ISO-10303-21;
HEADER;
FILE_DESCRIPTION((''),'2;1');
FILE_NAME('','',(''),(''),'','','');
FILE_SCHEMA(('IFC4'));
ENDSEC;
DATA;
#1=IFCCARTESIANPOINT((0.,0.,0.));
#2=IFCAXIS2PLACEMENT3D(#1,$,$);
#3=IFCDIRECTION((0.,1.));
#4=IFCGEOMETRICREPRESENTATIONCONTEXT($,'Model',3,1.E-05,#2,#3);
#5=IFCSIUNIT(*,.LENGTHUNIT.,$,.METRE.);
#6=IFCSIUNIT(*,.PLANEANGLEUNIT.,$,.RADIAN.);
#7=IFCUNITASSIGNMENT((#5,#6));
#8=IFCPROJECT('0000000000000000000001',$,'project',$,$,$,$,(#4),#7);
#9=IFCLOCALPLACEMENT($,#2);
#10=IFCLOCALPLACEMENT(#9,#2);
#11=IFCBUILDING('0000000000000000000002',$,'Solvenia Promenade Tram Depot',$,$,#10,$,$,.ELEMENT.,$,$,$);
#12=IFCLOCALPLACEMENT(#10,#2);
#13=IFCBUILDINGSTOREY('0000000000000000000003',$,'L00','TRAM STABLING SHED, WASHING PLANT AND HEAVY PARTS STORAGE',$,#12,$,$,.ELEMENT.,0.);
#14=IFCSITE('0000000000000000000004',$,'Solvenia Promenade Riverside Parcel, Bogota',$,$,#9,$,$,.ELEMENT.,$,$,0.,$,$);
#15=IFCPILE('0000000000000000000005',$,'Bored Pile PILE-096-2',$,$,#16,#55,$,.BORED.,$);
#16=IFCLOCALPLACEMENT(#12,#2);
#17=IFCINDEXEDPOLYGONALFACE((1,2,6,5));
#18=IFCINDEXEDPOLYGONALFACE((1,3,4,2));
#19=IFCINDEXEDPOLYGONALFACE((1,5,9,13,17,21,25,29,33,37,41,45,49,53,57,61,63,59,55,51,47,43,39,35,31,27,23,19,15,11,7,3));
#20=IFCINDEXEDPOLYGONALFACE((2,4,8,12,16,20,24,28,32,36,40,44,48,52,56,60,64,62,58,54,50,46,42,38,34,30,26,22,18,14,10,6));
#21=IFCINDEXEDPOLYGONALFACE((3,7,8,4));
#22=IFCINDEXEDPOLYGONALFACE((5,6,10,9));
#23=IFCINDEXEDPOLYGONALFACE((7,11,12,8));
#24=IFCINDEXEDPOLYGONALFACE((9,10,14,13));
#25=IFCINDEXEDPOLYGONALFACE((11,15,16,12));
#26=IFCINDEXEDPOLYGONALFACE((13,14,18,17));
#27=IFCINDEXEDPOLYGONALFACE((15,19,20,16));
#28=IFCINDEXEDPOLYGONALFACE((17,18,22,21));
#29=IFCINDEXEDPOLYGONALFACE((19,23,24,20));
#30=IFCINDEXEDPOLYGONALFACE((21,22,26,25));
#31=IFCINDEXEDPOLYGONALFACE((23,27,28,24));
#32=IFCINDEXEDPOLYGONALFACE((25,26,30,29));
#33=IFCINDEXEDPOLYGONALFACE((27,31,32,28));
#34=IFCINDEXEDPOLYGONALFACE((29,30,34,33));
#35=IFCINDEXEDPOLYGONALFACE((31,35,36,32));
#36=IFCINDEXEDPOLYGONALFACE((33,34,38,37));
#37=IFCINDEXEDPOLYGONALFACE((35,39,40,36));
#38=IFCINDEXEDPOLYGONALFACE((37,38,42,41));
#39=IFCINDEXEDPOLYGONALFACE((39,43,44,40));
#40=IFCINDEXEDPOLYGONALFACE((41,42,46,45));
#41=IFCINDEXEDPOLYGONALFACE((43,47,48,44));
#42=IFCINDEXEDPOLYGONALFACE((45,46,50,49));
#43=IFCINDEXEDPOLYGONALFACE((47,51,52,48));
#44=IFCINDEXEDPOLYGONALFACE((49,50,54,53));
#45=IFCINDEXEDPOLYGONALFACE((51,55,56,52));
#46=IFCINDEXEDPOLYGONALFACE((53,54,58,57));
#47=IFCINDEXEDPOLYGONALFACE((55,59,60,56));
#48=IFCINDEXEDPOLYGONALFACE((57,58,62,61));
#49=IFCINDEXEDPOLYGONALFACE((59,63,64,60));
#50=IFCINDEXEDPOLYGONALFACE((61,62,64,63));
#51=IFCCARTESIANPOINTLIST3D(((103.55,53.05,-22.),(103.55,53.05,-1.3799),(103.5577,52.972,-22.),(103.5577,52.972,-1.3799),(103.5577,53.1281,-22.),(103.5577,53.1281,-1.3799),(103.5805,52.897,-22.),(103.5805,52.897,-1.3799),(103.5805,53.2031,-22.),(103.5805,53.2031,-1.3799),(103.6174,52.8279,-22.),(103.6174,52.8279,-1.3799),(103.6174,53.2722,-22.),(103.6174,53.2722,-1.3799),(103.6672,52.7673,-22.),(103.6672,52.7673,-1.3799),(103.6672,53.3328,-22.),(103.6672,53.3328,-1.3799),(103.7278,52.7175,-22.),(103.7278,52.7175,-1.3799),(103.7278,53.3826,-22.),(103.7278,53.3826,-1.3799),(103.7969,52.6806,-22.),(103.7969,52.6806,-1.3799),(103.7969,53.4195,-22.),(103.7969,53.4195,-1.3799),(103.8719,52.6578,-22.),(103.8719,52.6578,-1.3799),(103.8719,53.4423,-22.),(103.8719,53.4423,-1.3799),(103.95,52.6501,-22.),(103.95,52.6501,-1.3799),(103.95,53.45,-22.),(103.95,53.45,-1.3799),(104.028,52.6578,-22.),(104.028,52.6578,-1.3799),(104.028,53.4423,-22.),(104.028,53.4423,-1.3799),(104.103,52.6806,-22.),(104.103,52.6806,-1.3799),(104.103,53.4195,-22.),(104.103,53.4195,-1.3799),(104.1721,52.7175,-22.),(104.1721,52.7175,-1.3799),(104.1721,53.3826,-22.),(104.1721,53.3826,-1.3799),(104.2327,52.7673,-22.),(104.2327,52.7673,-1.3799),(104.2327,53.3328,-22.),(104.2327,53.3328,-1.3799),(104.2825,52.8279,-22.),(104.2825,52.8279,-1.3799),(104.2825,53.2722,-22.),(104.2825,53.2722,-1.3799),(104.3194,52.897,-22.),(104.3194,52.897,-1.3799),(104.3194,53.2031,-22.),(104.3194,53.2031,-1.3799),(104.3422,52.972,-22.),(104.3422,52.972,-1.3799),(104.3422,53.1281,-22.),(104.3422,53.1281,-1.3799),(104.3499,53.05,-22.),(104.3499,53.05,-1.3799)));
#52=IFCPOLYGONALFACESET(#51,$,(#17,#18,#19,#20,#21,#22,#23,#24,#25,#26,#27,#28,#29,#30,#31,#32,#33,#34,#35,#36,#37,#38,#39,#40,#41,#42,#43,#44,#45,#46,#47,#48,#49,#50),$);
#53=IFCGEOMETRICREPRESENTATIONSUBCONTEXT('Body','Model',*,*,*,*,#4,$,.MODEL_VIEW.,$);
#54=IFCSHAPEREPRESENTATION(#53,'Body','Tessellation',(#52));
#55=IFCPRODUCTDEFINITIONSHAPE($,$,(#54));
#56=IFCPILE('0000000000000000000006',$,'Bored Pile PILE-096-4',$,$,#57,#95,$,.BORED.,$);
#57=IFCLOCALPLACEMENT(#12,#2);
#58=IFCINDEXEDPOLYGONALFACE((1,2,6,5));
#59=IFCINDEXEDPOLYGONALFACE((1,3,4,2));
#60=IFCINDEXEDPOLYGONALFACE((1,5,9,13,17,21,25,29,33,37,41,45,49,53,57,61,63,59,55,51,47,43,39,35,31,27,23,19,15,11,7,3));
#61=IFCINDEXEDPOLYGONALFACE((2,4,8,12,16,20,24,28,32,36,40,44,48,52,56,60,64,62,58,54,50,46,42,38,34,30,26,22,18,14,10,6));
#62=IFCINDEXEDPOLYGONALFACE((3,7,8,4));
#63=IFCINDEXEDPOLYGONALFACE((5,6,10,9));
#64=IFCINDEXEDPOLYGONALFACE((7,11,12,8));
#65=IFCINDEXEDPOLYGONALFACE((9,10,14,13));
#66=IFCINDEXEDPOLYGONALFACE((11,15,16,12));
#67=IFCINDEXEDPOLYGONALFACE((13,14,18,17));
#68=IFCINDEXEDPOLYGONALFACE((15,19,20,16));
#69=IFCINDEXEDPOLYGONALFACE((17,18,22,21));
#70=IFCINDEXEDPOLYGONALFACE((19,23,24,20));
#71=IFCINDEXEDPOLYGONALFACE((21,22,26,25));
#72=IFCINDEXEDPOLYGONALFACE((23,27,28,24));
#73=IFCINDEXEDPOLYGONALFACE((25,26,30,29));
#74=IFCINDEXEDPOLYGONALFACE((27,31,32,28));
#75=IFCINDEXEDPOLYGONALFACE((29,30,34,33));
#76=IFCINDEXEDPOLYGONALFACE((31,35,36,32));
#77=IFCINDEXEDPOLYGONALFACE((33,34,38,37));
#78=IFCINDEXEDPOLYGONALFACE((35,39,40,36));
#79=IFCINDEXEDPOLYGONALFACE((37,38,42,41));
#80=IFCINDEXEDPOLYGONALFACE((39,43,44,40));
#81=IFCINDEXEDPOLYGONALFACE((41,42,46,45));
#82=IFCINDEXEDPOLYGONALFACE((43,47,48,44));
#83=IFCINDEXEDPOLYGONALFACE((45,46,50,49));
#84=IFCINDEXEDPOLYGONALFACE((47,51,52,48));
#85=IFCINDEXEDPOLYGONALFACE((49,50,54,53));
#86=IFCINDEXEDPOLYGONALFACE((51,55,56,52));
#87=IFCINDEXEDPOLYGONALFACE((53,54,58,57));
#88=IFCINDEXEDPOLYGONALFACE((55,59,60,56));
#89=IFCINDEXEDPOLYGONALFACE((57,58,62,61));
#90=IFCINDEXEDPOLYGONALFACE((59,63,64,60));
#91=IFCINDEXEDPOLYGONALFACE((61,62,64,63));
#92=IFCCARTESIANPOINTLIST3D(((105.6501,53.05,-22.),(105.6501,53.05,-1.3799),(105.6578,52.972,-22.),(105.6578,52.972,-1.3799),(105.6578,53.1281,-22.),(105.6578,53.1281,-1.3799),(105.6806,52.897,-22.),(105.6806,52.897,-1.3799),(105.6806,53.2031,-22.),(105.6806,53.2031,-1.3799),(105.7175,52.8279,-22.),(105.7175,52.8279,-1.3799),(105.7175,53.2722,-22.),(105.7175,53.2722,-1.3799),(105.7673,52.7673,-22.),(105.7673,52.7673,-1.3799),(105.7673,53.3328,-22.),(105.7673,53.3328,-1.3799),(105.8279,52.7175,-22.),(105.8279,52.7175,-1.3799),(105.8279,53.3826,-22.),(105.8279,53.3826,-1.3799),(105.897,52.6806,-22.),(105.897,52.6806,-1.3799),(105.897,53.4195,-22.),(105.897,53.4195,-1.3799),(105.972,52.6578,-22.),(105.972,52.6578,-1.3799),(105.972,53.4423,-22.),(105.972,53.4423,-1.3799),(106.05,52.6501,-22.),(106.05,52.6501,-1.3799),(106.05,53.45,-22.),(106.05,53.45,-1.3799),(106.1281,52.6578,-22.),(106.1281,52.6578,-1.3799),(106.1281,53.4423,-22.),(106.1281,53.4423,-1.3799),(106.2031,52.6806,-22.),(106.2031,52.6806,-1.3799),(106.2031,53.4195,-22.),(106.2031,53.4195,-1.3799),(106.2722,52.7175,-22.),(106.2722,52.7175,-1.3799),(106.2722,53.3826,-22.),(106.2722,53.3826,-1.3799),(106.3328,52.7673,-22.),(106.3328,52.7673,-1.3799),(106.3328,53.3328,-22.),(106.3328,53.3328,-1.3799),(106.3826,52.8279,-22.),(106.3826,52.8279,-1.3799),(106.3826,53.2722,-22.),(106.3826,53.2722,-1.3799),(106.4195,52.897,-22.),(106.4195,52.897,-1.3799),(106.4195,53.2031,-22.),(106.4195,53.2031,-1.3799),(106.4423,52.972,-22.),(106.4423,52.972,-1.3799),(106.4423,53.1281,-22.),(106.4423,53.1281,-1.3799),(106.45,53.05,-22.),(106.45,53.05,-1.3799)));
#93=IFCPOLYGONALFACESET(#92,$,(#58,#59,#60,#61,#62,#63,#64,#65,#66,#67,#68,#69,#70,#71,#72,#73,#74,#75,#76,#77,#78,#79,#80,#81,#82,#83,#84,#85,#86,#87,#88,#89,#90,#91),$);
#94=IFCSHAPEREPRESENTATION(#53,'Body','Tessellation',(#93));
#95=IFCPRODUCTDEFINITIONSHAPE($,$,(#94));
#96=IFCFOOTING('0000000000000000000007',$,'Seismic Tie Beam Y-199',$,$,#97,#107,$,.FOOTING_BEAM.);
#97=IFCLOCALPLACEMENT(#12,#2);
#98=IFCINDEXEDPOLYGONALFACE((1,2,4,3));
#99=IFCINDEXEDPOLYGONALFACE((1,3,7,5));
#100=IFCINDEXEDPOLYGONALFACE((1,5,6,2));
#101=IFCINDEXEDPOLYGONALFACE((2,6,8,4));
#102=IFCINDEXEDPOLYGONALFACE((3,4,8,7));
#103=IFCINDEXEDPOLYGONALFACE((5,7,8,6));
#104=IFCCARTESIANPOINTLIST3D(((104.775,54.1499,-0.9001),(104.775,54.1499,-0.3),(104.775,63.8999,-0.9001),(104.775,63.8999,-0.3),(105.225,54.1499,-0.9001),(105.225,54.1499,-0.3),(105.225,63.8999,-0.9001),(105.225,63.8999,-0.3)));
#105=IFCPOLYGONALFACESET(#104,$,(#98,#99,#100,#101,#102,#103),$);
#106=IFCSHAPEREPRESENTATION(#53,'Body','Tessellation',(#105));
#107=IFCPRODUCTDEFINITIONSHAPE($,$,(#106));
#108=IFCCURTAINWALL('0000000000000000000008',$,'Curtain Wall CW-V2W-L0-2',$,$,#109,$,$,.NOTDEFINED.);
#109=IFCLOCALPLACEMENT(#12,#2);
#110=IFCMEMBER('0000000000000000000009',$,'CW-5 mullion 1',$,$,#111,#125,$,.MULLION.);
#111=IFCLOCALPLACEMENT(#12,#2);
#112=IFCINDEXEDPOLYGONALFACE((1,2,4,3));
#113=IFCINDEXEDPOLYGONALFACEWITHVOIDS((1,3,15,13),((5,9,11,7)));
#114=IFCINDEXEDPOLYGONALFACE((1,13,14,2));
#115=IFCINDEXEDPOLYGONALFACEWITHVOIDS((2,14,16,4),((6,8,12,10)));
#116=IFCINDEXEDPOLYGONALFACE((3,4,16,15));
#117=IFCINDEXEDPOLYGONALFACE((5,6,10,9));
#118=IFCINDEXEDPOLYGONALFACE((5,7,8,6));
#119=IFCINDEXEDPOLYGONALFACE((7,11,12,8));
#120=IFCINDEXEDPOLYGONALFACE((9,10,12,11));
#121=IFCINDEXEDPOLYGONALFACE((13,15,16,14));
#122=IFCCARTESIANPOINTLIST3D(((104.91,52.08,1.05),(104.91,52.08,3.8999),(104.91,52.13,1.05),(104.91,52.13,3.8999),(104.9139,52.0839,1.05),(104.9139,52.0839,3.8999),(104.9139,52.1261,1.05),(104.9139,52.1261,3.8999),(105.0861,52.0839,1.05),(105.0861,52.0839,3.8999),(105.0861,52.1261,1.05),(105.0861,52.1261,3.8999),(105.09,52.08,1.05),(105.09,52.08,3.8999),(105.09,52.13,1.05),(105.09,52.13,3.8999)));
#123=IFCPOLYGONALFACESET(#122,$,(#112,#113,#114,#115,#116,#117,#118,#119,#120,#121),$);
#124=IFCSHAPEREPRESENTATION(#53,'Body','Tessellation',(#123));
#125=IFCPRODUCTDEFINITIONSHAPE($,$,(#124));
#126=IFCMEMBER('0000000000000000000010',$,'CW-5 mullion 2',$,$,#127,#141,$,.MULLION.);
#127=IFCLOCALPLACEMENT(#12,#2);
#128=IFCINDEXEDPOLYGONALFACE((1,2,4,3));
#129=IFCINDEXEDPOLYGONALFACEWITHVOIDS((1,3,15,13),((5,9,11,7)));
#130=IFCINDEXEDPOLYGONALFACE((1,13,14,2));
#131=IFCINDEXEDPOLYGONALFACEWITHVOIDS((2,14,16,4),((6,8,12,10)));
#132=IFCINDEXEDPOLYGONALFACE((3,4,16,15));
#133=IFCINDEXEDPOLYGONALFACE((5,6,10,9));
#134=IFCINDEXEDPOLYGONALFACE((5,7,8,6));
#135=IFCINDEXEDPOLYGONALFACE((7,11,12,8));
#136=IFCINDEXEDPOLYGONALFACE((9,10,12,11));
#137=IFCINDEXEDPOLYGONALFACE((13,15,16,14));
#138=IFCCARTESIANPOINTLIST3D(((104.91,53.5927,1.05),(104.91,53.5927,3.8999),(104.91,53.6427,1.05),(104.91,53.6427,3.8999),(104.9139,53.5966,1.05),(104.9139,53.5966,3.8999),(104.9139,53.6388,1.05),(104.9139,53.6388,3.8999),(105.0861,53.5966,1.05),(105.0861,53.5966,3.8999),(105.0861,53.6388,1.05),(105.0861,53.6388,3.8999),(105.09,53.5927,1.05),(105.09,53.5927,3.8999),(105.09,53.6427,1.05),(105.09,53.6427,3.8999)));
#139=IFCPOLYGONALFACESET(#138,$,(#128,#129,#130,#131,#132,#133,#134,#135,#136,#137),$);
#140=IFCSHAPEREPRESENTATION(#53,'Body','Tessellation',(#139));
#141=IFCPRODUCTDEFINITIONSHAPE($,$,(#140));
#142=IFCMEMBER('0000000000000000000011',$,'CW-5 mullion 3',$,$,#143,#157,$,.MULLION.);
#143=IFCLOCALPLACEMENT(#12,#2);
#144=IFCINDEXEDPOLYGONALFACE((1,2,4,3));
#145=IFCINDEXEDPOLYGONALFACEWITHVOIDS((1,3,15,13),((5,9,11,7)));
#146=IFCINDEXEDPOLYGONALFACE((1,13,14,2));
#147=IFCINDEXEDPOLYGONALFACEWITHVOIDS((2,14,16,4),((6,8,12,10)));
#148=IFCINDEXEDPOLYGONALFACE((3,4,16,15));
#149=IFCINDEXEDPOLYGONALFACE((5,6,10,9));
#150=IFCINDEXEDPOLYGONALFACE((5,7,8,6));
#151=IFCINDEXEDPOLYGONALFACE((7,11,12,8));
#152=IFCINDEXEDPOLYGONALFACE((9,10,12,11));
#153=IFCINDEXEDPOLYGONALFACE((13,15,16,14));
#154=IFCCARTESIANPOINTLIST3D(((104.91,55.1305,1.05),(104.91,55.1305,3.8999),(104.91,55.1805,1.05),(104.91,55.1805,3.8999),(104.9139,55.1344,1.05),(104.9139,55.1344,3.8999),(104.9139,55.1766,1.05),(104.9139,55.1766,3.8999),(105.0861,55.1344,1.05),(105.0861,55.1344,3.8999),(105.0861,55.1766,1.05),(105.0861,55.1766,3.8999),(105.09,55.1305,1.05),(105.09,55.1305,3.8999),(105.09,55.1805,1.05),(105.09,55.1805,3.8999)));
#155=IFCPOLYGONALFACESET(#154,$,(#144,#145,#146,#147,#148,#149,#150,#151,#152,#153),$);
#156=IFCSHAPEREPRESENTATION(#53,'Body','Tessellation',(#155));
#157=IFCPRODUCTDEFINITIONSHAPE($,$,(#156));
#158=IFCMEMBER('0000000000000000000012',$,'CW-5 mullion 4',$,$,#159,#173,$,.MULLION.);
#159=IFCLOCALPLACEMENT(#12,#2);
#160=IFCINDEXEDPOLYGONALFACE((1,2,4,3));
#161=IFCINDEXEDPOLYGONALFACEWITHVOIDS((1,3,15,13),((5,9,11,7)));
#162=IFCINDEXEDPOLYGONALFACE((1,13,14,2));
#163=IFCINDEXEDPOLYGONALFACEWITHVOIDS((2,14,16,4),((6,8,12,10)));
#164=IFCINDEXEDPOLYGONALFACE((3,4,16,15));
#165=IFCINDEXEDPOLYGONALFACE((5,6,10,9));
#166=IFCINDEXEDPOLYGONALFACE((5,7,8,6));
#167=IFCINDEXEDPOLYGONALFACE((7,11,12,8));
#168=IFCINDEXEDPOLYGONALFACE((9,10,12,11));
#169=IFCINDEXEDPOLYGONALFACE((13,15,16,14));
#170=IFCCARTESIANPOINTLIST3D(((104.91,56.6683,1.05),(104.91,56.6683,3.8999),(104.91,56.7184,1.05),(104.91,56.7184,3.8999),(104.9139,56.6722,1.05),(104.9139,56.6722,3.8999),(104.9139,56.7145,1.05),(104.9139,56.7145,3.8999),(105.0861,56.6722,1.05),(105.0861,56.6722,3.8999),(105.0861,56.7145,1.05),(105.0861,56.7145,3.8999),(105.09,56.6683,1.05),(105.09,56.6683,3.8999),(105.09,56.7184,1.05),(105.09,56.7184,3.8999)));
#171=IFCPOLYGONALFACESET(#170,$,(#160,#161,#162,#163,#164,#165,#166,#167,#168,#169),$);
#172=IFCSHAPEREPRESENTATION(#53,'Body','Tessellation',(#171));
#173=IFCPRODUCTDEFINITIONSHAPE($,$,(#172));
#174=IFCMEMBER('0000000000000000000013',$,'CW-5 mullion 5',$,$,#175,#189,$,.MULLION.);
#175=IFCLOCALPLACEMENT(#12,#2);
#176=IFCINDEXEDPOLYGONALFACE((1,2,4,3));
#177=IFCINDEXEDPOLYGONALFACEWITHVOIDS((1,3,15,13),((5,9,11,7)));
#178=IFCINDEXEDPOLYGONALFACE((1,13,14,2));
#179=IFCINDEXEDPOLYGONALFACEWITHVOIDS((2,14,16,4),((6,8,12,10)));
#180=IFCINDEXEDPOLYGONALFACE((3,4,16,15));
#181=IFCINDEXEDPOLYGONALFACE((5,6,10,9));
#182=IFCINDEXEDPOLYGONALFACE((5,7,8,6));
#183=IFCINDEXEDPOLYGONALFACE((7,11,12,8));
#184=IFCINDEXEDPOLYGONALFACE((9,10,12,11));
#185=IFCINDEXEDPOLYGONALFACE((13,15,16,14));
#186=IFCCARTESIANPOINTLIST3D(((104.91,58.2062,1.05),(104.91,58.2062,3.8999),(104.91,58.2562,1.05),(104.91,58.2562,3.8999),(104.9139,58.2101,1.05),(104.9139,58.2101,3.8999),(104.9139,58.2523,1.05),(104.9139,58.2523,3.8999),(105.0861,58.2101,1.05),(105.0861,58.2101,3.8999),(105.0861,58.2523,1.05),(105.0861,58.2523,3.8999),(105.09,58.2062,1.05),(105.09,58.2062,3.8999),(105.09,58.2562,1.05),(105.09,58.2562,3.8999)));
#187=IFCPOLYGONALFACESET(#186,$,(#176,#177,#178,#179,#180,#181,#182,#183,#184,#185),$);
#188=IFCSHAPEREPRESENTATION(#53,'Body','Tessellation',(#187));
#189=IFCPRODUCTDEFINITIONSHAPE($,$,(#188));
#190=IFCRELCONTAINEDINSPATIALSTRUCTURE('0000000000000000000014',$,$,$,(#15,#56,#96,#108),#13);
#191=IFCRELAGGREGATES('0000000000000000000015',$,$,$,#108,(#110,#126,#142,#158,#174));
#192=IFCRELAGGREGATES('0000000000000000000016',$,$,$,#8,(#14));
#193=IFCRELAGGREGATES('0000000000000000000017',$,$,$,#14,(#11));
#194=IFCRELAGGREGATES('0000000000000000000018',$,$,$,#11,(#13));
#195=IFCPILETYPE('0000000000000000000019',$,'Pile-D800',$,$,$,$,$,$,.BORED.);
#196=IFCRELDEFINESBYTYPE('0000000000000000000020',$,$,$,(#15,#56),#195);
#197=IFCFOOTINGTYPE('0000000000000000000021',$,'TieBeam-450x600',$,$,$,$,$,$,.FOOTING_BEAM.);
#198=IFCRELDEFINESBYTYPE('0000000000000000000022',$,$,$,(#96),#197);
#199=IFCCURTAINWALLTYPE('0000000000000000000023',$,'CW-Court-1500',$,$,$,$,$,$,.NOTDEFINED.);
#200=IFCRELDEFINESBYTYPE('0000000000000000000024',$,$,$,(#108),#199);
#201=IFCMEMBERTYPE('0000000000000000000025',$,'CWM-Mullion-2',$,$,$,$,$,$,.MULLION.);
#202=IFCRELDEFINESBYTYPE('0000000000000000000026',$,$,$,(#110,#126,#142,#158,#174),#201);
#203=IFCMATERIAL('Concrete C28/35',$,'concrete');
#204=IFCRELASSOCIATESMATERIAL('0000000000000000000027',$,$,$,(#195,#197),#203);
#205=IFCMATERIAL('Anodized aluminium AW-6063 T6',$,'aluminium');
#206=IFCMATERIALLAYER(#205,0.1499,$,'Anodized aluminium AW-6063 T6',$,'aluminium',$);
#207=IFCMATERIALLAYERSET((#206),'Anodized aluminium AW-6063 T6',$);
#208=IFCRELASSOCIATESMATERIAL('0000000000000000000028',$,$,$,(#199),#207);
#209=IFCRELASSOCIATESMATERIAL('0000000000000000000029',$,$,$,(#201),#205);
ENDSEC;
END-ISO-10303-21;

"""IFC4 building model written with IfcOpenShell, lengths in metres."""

from ifc_helpers import new_model, si_unit, direction, frame, origin, origin_2d, place, context, subcontext, project, spatial, rectangle, hollow_rectangle, circle, extrude, material, layer, layer_set, material_profile, profile_set, type_object, element, aggregate, save


model = new_model("IFC4")

# Units and contexts
model_context = context("Model", 3, precision=1e-05, world=origin(), true_north=direction((0.0, 1.0)))
body_context = subcontext(model_context, "Body", "Model", "MODEL_VIEW")
ifc_project = project(units=[si_unit("LENGTHUNIT", "METRE"), si_unit("PLANEANGLEUNIT", "RADIAN")], contexts=[model_context])

# Site, building, storey
site_placement = place(None, origin())
site = spatial("IfcSite", under=ifc_project, at=site_placement, Name="Solvenia Promenade Riverside Parcel, Bogota", CompositionType="ELEMENT", RefElevation=0.0)
building_placement = place(site_placement, origin())
building = spatial("IfcBuilding", under=site, at=building_placement, Name="Solvenia Promenade Tram Depot", CompositionType="ELEMENT")
storey_placement = place(building_placement, origin())
storey = spatial("IfcBuildingStorey", under=building, at=storey_placement, Name="L00", Description="TRAM STABLING SHED, WASHING PLANT AND HEAVY PARTS STORAGE", CompositionType="ELEMENT", Elevation=0.0)

# Piles
ifc_material_1 = material(Name="Concrete C28/35", Category="concrete")
ifc_material_profile_1 = material_profile(ifc_material_1, circle(Radius=0.3999, at=origin_2d()), Name="D800", Category="concrete")
ifc_profile_set_1 = profile_set([ifc_material_profile_1], Name="Concrete C28/35")
pile_type = type_object("IfcPileType", Name="Pile-D800", PredefinedType="BORED", material=ifc_profile_set_1)
for number, where, z_axis, x_axis, name in (
    (1, (103.95, 53.05, -1.3799), (0.0, 0.0, -1.0), (1.0, 0.0, 0.0), "Bored Pile PILE-096-2"),
    (2, (106.05, 53.05, -1.3799), (0.0, 0.0, -1.0), (1.0, 0.0, 0.0), "Bored Pile PILE-096-4"),
):
    element("IfcPile", number, at=place(storey_placement, frame(where, z_axis=z_axis, x_axis=x_axis)), inside=storey, type_object=pile_type, Name=name, PredefinedType="BORED", context=body_context, shape_type="SweptSolid", body=[
        extrude(circle(Radius=0.3999, at=origin_2d()), origin(), (0.0, 0.0, 1.0), 20.6201),
    ])

# Footing
footing_type = type_object("IfcFootingType", Name="TieBeam-450x600", PredefinedType="FOOTING_BEAM", material=ifc_material_1)
footing_placement = place(storey_placement, frame((105.0, 59.0249, -0.9001), z_axis=(0.0, 0.0, 1.0), x_axis=(1.0, 0.0, 0.0)))
element("IfcFooting", 3, at=footing_placement, inside=storey, type_object=footing_type, Name="Seismic Tie Beam Y-199", PredefinedType="FOOTING_BEAM", context=body_context, shape_type="SweptSolid", body=[
    extrude(rectangle(XDim=0.45, YDim=9.75, at=origin_2d()), origin(), (0.0, 0.0, 1.0), 0.6001),
])

# Curtain wall, members
ifc_material_2 = material(Name="Anodized aluminium AW-6063 T6", Category="aluminium")
ifc_layer_1 = layer(ifc_material_2, 0.1499, Name="Anodized aluminium AW-6063 T6", Category="aluminium")
ifc_layer_set_1 = layer_set([ifc_layer_1], Name="Anodized aluminium AW-6063 T6")
curtain_wall_type = type_object("IfcCurtainWallType", Name="CW-Court-1500", PredefinedType="NOTDEFINED", material=ifc_layer_set_1)
curtain_wall_placement = place(storey_placement, origin())
curtain_wall = element("IfcCurtainWall", 4, at=curtain_wall_placement, inside=storey, type_object=curtain_wall_type, Name="Curtain Wall CW-V2W-L0-2", PredefinedType="NOTDEFINED")
ifc_material_profile_2 = material_profile(ifc_material_2, hollow_rectangle(XDim=0.1799, YDim=0.05, WallThickness=0.0039, at=origin_2d()), Name="ALU-M2", Category="aluminium")
ifc_profile_set_2 = profile_set([ifc_material_profile_2], Name="Anodized aluminium AW-6063 T6")
member_type_1 = type_object("IfcMemberType", Name="CWM-Mullion-2", PredefinedType="MULLION", material=ifc_profile_set_2)
member_1_placement = place(storey_placement, frame((105.0, 52.105, 1.05), z_axis=(0.0, 0.0, 1.0), x_axis=(-1.0, 0.0, 0.0)))
member_1 = element("IfcMember", 5, at=member_1_placement, type_object=member_type_1, Name="CW-5 mullion 1", PredefinedType="MULLION", context=body_context, shape_type="SweptSolid", body=[
    extrude(hollow_rectangle(XDim=0.1799, YDim=0.05, WallThickness=0.0039, at=origin_2d()), origin(), (0.0, 0.0, 1.0), 2.8499),
])
member_2_placement = place(storey_placement, frame((105.0, 53.6177, 1.05), z_axis=(0.0, 0.0, 1.0), x_axis=(-1.0, 0.0, 0.0)))
member_2 = element("IfcMember", 6, at=member_2_placement, type_object=member_type_1, Name="CW-5 mullion 2", PredefinedType="MULLION", context=body_context, shape_type="SweptSolid", body=[
    extrude(hollow_rectangle(XDim=0.1799, YDim=0.05, WallThickness=0.0039, at=origin_2d()), origin(), (0.0, 0.0, 1.0), 2.8499),
])
member_3_placement = place(storey_placement, frame((105.0, 55.1555, 1.05), z_axis=(0.0, 0.0, 1.0), x_axis=(-1.0, 0.0, 0.0)))
member_3 = element("IfcMember", 7, at=member_3_placement, type_object=member_type_1, Name="CW-5 mullion 3", PredefinedType="MULLION", context=body_context, shape_type="SweptSolid", body=[
    extrude(hollow_rectangle(XDim=0.1799, YDim=0.05, WallThickness=0.0039, at=origin_2d()), origin(), (0.0, 0.0, 1.0), 2.8499),
])
member_4_placement = place(storey_placement, frame((105.0, 56.6934, 1.05), z_axis=(0.0, 0.0, 1.0), x_axis=(-1.0, 0.0, 0.0)))
member_4 = element("IfcMember", 8, at=member_4_placement, type_object=member_type_1, Name="CW-5 mullion 4", PredefinedType="MULLION", context=body_context, shape_type="SweptSolid", body=[
    extrude(hollow_rectangle(XDim=0.1799, YDim=0.05, WallThickness=0.0039, at=origin_2d()), origin(), (0.0, 0.0, 1.0), 2.8499),
])
member_5_placement = place(storey_placement, frame((105.0, 58.2312, 1.05), z_axis=(0.0, 0.0, 1.0), x_axis=(-1.0, 0.0, 0.0)))
member_5 = element("IfcMember", 9, at=member_5_placement, type_object=member_type_1, Name="CW-5 mullion 5", PredefinedType="MULLION", context=body_context, shape_type="SweptSolid", body=[
    extrude(hollow_rectangle(XDim=0.1799, YDim=0.05, WallThickness=0.0039, at=origin_2d()), origin(), (0.0, 0.0, 1.0), 2.8499),
])
aggregate(curtain_wall, [member_1, member_2, member_3, member_4, member_5])

save(model, "model.ifc")
